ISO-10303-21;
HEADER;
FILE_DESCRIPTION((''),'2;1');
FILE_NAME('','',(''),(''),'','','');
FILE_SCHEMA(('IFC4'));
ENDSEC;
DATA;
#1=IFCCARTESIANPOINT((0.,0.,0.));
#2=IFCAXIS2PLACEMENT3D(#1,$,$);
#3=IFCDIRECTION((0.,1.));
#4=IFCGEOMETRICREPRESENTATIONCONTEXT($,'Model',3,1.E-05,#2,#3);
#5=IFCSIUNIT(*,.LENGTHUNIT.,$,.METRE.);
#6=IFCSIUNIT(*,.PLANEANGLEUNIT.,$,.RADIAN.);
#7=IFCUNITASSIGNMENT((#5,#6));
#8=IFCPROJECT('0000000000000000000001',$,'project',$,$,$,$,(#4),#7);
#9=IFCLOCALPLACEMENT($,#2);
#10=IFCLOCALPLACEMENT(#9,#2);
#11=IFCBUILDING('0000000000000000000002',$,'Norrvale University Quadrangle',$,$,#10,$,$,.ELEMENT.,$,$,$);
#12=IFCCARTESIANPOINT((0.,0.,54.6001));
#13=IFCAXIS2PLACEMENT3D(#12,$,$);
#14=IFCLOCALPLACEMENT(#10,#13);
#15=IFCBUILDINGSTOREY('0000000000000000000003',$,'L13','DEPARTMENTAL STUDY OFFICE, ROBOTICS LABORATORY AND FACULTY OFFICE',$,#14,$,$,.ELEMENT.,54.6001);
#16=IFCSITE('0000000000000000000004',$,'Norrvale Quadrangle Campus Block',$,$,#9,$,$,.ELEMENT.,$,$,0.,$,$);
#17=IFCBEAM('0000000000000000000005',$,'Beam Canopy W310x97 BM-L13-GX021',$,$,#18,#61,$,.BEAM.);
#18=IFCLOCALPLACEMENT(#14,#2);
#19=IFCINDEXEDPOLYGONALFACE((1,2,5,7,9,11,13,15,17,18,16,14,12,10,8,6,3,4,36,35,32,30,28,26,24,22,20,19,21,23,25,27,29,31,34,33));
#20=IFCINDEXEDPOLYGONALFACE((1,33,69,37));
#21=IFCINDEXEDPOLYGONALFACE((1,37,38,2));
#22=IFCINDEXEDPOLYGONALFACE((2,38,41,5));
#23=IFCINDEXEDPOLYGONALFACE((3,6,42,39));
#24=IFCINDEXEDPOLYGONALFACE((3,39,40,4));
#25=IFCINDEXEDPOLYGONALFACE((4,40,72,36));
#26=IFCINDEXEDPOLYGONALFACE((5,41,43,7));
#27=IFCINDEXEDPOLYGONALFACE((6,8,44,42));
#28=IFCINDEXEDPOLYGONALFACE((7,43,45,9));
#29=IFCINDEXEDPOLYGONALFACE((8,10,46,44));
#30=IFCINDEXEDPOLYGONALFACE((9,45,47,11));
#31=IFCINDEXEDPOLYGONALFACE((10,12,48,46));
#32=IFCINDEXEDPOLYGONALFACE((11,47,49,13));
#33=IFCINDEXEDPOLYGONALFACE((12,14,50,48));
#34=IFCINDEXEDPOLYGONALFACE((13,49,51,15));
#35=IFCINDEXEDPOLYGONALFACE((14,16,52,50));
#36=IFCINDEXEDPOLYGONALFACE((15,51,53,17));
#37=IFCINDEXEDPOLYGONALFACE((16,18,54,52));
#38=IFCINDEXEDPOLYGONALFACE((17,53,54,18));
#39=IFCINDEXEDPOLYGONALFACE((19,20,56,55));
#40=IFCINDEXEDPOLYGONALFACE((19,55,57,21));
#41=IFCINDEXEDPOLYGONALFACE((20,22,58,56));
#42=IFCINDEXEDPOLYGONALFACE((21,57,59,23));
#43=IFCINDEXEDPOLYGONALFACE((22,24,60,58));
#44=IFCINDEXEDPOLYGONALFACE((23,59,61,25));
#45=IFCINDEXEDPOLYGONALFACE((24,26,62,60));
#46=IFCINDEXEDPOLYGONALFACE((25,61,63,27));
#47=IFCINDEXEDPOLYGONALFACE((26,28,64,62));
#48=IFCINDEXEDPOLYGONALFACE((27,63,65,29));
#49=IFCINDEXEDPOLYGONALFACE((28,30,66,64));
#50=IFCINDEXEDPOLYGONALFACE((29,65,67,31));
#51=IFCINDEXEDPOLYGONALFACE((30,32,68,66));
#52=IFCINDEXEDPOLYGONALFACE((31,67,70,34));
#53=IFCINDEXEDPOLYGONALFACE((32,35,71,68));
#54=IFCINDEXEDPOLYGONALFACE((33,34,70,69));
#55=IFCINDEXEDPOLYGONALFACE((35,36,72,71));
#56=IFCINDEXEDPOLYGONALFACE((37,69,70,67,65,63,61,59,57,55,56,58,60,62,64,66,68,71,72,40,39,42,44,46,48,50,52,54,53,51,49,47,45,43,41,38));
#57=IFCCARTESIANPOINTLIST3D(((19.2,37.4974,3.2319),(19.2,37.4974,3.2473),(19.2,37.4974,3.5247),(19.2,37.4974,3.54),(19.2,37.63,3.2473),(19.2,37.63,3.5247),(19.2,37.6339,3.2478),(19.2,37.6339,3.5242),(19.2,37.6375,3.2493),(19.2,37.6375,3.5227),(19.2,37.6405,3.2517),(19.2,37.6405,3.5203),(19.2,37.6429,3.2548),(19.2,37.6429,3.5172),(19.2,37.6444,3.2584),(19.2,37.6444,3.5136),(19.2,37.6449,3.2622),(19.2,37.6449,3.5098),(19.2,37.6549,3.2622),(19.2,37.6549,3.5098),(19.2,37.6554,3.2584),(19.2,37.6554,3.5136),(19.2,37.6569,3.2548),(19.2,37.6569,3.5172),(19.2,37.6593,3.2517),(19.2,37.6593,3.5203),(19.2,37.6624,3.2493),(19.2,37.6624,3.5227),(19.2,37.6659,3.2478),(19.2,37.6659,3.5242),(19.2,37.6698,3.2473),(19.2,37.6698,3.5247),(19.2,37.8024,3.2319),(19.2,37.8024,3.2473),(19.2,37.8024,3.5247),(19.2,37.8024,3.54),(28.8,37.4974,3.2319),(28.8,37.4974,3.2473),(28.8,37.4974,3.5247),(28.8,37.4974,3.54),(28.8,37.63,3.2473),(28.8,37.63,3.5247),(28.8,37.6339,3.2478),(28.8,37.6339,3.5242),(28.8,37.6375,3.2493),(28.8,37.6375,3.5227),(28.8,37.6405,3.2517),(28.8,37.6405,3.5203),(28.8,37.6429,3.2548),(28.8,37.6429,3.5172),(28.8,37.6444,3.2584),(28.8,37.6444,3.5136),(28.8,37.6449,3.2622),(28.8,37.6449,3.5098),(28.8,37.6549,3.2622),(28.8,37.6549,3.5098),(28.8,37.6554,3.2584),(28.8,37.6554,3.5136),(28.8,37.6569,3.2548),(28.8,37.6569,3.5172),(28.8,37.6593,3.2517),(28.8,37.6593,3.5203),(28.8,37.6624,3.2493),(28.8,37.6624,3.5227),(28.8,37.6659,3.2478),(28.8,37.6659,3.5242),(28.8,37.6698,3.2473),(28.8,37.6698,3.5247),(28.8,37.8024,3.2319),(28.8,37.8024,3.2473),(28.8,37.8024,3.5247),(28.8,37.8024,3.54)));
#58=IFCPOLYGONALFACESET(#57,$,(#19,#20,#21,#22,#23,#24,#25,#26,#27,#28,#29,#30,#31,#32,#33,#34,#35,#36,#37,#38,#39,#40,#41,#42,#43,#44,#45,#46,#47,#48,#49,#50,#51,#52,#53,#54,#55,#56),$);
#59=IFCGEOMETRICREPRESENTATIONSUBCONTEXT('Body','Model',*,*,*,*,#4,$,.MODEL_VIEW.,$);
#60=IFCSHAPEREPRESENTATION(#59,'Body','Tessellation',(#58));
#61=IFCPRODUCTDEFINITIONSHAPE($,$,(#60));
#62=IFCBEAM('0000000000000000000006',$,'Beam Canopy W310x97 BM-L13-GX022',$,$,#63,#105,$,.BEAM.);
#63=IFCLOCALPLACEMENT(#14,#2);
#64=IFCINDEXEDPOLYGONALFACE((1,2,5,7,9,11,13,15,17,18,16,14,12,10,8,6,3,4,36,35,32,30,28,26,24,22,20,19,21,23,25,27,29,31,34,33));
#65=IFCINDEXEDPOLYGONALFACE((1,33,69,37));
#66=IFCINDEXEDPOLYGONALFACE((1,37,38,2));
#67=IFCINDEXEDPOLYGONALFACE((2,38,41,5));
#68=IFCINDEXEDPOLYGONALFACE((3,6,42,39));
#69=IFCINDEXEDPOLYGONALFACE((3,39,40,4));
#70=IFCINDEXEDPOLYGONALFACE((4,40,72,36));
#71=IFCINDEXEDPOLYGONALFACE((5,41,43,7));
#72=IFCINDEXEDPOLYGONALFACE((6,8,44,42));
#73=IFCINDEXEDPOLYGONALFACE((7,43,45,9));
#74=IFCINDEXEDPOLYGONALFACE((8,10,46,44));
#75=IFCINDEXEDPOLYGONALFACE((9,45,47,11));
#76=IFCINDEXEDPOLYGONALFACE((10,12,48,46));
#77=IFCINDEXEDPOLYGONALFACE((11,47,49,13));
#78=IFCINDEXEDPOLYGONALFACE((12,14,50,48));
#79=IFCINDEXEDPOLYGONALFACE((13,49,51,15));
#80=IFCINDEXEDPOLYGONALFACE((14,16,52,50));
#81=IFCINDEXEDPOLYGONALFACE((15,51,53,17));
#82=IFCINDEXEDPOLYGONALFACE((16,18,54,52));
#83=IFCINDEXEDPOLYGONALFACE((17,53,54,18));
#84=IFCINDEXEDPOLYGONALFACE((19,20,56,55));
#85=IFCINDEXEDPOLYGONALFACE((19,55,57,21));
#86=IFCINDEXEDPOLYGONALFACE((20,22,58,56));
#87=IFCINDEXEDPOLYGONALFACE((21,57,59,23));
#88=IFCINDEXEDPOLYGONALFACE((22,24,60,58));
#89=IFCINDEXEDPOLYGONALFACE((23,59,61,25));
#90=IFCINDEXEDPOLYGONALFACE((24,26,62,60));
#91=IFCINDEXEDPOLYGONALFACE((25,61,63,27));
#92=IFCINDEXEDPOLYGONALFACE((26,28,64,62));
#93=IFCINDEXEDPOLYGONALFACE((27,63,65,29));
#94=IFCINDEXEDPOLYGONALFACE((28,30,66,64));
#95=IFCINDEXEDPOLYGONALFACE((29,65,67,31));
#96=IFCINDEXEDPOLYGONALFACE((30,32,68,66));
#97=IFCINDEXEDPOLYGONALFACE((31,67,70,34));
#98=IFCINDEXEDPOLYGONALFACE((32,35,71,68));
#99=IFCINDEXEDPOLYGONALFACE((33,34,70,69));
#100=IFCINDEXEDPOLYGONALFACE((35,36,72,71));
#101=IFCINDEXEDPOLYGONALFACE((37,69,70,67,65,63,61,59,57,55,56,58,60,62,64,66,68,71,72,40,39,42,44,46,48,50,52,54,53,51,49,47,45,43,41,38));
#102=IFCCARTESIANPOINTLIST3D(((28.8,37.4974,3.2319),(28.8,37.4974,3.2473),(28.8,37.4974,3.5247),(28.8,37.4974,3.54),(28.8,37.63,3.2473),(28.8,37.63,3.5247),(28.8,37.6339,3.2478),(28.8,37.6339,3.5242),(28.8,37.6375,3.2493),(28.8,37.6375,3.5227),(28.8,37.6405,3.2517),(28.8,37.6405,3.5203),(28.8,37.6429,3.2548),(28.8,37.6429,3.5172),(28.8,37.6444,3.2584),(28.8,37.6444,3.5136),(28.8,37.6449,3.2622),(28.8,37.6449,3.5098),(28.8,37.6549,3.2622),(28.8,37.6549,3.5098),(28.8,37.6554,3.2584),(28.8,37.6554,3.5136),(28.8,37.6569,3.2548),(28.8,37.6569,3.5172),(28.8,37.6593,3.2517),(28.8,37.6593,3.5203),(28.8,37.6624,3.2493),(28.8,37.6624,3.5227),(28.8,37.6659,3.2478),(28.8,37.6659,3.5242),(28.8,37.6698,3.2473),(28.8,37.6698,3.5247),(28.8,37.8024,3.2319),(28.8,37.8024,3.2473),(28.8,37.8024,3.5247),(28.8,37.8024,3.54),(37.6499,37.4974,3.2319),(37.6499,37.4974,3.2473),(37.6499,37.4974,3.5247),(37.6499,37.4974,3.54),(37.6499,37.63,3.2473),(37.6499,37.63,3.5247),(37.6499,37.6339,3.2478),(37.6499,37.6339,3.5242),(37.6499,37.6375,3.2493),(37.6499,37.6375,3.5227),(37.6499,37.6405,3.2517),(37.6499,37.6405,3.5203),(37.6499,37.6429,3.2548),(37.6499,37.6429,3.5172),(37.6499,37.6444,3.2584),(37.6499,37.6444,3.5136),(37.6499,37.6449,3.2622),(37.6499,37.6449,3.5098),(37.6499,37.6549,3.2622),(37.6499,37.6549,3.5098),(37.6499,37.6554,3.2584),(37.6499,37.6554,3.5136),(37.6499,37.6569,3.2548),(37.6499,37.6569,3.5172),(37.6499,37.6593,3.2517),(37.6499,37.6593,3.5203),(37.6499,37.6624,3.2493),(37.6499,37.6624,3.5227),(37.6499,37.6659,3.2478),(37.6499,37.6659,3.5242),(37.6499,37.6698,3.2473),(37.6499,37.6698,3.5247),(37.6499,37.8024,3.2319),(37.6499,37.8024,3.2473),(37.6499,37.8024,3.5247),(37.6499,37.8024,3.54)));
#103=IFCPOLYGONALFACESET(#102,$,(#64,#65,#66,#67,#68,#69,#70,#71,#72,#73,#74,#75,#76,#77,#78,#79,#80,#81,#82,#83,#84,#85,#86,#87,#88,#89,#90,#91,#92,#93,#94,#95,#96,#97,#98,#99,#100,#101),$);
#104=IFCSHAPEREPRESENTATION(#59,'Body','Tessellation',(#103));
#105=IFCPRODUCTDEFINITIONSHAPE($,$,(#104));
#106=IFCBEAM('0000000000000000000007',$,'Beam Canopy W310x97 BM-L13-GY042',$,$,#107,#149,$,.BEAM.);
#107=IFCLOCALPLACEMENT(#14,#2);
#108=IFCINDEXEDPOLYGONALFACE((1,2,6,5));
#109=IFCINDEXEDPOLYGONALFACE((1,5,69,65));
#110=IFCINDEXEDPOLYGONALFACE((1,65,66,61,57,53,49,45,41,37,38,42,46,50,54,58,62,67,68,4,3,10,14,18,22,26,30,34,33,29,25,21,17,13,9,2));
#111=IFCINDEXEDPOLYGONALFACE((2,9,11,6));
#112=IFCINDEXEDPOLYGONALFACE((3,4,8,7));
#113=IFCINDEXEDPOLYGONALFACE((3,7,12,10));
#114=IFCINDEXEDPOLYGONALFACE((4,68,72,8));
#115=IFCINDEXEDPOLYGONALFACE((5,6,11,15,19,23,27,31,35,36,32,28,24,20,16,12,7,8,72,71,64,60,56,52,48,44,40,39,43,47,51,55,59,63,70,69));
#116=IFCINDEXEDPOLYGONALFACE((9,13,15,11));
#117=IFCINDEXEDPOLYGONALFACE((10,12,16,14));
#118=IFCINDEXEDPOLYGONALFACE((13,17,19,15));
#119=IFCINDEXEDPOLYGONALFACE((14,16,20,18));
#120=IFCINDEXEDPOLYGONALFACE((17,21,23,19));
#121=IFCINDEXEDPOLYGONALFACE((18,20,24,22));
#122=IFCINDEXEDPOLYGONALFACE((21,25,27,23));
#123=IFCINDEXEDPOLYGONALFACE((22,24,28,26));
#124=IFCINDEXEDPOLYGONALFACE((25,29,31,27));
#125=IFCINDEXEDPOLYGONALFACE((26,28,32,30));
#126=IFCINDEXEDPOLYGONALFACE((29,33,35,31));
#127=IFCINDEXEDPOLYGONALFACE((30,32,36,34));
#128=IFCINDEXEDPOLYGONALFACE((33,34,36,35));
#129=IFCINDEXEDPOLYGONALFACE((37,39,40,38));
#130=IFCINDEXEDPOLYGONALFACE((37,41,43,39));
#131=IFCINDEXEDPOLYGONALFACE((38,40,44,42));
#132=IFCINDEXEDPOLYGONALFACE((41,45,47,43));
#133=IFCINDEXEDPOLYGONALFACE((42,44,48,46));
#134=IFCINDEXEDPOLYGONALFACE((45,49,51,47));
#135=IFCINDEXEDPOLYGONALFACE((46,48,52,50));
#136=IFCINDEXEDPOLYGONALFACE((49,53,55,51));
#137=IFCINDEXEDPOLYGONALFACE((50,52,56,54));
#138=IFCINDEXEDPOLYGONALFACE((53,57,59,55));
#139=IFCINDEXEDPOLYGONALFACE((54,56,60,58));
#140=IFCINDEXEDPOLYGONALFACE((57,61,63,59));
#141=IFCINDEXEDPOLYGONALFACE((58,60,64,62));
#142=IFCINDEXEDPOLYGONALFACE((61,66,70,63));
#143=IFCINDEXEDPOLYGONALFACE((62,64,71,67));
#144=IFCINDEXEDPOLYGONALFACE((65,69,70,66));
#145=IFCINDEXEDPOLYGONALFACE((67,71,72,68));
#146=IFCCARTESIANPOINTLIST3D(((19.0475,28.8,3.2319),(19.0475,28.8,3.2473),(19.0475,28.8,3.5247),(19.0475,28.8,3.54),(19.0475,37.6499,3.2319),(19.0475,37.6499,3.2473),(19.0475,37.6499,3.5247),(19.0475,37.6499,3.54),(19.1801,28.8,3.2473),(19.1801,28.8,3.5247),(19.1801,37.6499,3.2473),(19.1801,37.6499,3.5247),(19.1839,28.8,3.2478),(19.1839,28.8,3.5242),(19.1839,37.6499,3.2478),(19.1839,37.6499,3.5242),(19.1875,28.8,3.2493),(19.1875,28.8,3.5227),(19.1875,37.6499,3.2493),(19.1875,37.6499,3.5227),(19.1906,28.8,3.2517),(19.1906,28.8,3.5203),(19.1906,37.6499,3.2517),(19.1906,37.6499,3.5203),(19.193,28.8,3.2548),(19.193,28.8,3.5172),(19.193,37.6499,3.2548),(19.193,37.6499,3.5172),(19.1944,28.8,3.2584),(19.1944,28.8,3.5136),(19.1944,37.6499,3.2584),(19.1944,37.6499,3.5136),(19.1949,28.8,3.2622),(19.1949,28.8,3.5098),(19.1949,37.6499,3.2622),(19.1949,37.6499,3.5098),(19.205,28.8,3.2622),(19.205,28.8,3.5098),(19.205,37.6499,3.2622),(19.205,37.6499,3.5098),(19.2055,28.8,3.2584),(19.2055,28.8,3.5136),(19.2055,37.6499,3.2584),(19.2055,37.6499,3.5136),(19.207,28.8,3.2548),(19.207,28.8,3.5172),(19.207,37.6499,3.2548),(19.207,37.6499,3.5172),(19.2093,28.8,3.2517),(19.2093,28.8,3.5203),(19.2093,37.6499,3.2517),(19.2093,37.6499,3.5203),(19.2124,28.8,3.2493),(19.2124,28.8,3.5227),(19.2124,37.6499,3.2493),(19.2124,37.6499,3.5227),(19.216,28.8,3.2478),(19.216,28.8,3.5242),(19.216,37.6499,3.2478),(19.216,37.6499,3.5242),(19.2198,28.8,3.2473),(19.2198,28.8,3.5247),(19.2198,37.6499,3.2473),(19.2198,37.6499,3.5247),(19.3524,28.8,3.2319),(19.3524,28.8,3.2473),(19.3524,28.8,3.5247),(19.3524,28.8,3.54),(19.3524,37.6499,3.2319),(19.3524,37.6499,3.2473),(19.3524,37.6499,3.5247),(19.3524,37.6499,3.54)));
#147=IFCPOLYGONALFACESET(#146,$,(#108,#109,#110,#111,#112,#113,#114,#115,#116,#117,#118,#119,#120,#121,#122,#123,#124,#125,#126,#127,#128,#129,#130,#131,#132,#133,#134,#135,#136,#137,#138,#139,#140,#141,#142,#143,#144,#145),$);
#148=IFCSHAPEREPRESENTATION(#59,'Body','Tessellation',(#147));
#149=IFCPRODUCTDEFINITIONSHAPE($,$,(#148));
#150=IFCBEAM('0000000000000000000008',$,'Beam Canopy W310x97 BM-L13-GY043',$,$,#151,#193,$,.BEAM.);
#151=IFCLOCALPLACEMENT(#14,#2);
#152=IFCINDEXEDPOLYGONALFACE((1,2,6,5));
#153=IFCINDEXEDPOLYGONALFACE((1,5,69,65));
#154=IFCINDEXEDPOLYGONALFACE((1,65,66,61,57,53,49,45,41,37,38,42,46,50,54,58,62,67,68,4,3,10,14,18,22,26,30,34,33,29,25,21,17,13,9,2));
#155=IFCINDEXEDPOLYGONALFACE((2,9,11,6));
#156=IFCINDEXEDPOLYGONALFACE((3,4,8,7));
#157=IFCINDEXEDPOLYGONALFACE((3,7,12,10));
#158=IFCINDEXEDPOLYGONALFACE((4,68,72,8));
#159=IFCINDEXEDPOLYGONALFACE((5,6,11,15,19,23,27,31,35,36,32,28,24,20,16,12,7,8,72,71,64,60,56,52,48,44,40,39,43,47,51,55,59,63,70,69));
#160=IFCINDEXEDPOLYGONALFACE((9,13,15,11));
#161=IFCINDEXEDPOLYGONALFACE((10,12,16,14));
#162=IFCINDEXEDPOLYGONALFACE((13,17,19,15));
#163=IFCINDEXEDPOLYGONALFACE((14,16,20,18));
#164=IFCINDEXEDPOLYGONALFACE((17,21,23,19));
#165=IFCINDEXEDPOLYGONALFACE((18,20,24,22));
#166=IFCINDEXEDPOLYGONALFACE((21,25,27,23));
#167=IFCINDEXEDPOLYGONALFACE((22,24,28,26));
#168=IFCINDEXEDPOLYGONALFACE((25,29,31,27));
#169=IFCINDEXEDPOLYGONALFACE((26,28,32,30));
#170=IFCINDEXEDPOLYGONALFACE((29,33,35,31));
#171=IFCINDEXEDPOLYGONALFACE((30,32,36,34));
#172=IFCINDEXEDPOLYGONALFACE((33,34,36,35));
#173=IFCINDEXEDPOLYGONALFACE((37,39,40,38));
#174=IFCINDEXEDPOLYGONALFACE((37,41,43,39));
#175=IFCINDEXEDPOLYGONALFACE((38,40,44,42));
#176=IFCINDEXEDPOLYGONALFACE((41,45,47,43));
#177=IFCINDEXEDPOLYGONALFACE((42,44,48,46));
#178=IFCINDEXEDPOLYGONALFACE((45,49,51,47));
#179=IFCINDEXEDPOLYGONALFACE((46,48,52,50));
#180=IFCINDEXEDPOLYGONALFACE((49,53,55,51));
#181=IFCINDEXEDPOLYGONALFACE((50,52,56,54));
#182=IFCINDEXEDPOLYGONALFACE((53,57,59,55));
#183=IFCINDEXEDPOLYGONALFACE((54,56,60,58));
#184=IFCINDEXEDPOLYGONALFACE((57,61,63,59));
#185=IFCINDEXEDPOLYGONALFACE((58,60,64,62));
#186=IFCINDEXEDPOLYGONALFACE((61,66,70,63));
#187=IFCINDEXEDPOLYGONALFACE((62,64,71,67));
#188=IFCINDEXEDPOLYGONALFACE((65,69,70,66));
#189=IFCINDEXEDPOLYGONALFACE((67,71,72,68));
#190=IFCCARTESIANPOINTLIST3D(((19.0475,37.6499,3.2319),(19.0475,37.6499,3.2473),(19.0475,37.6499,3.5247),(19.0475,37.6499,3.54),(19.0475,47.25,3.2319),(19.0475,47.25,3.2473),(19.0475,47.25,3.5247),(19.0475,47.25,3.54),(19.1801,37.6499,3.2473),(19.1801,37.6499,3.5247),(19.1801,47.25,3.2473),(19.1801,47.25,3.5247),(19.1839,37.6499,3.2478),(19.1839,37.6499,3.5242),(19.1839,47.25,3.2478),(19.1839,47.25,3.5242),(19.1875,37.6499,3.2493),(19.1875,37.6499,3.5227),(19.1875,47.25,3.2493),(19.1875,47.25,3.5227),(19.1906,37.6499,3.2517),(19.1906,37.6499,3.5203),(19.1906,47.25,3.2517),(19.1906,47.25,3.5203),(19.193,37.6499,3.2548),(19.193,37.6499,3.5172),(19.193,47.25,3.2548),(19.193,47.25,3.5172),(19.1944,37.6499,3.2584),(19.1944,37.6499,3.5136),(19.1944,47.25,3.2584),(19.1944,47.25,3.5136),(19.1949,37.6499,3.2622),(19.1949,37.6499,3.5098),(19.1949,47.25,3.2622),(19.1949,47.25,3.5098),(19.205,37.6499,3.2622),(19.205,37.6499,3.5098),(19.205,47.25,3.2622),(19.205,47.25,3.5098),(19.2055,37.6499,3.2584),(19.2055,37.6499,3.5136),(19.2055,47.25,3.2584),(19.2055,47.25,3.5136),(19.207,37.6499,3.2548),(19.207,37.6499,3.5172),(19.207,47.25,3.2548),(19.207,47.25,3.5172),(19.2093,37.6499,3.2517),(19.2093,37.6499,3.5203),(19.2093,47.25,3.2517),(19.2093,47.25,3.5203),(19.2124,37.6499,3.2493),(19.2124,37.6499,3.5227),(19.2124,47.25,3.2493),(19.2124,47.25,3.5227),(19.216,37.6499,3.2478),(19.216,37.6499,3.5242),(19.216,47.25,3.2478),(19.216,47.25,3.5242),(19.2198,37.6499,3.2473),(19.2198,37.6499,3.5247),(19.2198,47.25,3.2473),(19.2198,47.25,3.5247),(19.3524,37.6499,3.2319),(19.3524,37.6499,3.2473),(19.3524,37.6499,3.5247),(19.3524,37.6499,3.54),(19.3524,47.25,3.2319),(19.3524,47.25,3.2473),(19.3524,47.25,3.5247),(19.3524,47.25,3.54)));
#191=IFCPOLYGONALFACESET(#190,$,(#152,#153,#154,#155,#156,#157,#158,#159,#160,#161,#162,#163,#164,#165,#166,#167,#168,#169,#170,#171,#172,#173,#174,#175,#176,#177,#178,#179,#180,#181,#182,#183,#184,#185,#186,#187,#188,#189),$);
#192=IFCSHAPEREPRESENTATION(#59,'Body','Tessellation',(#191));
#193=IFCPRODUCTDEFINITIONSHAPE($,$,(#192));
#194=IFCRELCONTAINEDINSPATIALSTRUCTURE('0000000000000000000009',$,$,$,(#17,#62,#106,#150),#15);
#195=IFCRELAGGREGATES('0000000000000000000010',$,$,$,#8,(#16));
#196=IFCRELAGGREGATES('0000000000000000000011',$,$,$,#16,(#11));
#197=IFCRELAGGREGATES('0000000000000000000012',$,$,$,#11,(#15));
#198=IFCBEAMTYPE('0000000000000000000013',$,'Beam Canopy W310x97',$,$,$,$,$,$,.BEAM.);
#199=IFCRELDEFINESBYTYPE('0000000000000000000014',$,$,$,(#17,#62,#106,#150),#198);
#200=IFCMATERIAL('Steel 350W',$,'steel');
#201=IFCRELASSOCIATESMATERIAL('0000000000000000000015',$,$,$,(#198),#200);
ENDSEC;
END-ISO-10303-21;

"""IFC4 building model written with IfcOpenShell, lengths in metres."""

from ifc_helpers import new_model, si_unit, direction, frame, origin, origin_2d, place, context, subcontext, project, spatial, i_section, extrude, material, material_profile, profile_set, type_object, element, save


model = new_model("IFC4")

# Units and contexts
model_context = context("Model", 3, precision=1e-05, world=origin(), true_north=direction((0.0, 1.0)))
body_context = subcontext(model_context, "Body", "Model", "MODEL_VIEW")
ifc_project = project(units=[si_unit("LENGTHUNIT", "METRE"), si_unit("PLANEANGLEUNIT", "RADIAN")], contexts=[model_context])

# Site, building, storey
site_placement = place(None, origin())
site = spatial("IfcSite", under=ifc_project, at=site_placement, Name="Norrvale Quadrangle Campus Block", CompositionType="ELEMENT", RefElevation=0.0)
building_placement = place(site_placement, origin())
building = spatial("IfcBuilding", under=site, at=building_placement, Name="Norrvale University Quadrangle", CompositionType="ELEMENT")
storey_placement = place(building_placement, frame((0.0, 0.0, 54.6001)))
storey = spatial("IfcBuildingStorey", under=building, at=storey_placement, Name="L13", Description="DEPARTMENTAL STUDY OFFICE, ROBOTICS LABORATORY AND FACULTY OFFICE", CompositionType="ELEMENT", Elevation=54.6001)

# Beams
ifc_material_1 = material(Name="Steel 350W", Category="steel")
ifc_material_profile_1 = material_profile(ifc_material_1, i_section(OverallWidth=0.3049, OverallDepth=0.3081, WebThickness=0.01, FlangeThickness=0.0154, FilletRadius=0.0149, at=origin_2d()), Name="Steel 350W")
ifc_profile_set_1 = profile_set([ifc_material_profile_1], Name="Steel 350W")
beam_type_1 = type_object("IfcBeamType", Name="Beam Canopy W310x97", PredefinedType="BEAM", material=ifc_profile_set_1)
beam_1_placement = place(storey_placement, frame((19.2, 37.6499, 3.386), z_axis=(1.0, 0.0, 0.0), x_axis=(0.0, 1.0, 0.0)))
element("IfcBeam", 1, at=beam_1_placement, inside=storey, type_object=beam_type_1, Name="Beam Canopy W310x97 BM-L13-GX021", PredefinedType="BEAM", context=body_context, shape_type="SweptSolid", body=[
    extrude(i_section(OverallWidth=0.3049, OverallDepth=0.3081, WebThickness=0.01, FlangeThickness=0.0154, FilletRadius=0.0149, at=origin_2d()), origin(), (0.0, 0.0, 1.0), 9.6001),
])
for number, where, z_axis, x_axis, name in (
    (2, (28.8, 37.6499, 3.386), (1.0, 0.0, 0.0), (0.0, 1.0, 0.0), "Beam Canopy W310x97 BM-L13-GX022"),
    (3, (19.2, 28.8, 3.386), (0.0, 1.0, 0.0), (-1.0, 0.0, 0.0), "Beam Canopy W310x97 BM-L13-GY042"),
):
    element("IfcBeam", number, at=place(storey_placement, frame(where, z_axis=z_axis, x_axis=x_axis)), inside=storey, type_object=beam_type_1, Name=name, PredefinedType="BEAM", context=body_context, shape_type="SweptSolid", body=[
        extrude(i_section(OverallWidth=0.3049, OverallDepth=0.3081, WebThickness=0.01, FlangeThickness=0.0154, FilletRadius=0.0149, at=origin_2d()), origin(), (0.0, 0.0, 1.0), 8.8499),
    ])
beam_2_placement = place(storey_placement, frame((19.2, 37.6499, 3.386), z_axis=(0.0, 1.0, 0.0), x_axis=(-1.0, 0.0, 0.0)))
element("IfcBeam", 4, at=beam_2_placement, inside=storey, type_object=beam_type_1, Name="Beam Canopy W310x97 BM-L13-GY043", PredefinedType="BEAM", context=body_context, shape_type="SweptSolid", body=[
    extrude(i_section(OverallWidth=0.3049, OverallDepth=0.3081, WebThickness=0.01, FlangeThickness=0.0154, FilletRadius=0.0149, at=origin_2d()), origin(), (0.0, 0.0, 1.0), 9.6001),
])

save(model, "model.ifc")
